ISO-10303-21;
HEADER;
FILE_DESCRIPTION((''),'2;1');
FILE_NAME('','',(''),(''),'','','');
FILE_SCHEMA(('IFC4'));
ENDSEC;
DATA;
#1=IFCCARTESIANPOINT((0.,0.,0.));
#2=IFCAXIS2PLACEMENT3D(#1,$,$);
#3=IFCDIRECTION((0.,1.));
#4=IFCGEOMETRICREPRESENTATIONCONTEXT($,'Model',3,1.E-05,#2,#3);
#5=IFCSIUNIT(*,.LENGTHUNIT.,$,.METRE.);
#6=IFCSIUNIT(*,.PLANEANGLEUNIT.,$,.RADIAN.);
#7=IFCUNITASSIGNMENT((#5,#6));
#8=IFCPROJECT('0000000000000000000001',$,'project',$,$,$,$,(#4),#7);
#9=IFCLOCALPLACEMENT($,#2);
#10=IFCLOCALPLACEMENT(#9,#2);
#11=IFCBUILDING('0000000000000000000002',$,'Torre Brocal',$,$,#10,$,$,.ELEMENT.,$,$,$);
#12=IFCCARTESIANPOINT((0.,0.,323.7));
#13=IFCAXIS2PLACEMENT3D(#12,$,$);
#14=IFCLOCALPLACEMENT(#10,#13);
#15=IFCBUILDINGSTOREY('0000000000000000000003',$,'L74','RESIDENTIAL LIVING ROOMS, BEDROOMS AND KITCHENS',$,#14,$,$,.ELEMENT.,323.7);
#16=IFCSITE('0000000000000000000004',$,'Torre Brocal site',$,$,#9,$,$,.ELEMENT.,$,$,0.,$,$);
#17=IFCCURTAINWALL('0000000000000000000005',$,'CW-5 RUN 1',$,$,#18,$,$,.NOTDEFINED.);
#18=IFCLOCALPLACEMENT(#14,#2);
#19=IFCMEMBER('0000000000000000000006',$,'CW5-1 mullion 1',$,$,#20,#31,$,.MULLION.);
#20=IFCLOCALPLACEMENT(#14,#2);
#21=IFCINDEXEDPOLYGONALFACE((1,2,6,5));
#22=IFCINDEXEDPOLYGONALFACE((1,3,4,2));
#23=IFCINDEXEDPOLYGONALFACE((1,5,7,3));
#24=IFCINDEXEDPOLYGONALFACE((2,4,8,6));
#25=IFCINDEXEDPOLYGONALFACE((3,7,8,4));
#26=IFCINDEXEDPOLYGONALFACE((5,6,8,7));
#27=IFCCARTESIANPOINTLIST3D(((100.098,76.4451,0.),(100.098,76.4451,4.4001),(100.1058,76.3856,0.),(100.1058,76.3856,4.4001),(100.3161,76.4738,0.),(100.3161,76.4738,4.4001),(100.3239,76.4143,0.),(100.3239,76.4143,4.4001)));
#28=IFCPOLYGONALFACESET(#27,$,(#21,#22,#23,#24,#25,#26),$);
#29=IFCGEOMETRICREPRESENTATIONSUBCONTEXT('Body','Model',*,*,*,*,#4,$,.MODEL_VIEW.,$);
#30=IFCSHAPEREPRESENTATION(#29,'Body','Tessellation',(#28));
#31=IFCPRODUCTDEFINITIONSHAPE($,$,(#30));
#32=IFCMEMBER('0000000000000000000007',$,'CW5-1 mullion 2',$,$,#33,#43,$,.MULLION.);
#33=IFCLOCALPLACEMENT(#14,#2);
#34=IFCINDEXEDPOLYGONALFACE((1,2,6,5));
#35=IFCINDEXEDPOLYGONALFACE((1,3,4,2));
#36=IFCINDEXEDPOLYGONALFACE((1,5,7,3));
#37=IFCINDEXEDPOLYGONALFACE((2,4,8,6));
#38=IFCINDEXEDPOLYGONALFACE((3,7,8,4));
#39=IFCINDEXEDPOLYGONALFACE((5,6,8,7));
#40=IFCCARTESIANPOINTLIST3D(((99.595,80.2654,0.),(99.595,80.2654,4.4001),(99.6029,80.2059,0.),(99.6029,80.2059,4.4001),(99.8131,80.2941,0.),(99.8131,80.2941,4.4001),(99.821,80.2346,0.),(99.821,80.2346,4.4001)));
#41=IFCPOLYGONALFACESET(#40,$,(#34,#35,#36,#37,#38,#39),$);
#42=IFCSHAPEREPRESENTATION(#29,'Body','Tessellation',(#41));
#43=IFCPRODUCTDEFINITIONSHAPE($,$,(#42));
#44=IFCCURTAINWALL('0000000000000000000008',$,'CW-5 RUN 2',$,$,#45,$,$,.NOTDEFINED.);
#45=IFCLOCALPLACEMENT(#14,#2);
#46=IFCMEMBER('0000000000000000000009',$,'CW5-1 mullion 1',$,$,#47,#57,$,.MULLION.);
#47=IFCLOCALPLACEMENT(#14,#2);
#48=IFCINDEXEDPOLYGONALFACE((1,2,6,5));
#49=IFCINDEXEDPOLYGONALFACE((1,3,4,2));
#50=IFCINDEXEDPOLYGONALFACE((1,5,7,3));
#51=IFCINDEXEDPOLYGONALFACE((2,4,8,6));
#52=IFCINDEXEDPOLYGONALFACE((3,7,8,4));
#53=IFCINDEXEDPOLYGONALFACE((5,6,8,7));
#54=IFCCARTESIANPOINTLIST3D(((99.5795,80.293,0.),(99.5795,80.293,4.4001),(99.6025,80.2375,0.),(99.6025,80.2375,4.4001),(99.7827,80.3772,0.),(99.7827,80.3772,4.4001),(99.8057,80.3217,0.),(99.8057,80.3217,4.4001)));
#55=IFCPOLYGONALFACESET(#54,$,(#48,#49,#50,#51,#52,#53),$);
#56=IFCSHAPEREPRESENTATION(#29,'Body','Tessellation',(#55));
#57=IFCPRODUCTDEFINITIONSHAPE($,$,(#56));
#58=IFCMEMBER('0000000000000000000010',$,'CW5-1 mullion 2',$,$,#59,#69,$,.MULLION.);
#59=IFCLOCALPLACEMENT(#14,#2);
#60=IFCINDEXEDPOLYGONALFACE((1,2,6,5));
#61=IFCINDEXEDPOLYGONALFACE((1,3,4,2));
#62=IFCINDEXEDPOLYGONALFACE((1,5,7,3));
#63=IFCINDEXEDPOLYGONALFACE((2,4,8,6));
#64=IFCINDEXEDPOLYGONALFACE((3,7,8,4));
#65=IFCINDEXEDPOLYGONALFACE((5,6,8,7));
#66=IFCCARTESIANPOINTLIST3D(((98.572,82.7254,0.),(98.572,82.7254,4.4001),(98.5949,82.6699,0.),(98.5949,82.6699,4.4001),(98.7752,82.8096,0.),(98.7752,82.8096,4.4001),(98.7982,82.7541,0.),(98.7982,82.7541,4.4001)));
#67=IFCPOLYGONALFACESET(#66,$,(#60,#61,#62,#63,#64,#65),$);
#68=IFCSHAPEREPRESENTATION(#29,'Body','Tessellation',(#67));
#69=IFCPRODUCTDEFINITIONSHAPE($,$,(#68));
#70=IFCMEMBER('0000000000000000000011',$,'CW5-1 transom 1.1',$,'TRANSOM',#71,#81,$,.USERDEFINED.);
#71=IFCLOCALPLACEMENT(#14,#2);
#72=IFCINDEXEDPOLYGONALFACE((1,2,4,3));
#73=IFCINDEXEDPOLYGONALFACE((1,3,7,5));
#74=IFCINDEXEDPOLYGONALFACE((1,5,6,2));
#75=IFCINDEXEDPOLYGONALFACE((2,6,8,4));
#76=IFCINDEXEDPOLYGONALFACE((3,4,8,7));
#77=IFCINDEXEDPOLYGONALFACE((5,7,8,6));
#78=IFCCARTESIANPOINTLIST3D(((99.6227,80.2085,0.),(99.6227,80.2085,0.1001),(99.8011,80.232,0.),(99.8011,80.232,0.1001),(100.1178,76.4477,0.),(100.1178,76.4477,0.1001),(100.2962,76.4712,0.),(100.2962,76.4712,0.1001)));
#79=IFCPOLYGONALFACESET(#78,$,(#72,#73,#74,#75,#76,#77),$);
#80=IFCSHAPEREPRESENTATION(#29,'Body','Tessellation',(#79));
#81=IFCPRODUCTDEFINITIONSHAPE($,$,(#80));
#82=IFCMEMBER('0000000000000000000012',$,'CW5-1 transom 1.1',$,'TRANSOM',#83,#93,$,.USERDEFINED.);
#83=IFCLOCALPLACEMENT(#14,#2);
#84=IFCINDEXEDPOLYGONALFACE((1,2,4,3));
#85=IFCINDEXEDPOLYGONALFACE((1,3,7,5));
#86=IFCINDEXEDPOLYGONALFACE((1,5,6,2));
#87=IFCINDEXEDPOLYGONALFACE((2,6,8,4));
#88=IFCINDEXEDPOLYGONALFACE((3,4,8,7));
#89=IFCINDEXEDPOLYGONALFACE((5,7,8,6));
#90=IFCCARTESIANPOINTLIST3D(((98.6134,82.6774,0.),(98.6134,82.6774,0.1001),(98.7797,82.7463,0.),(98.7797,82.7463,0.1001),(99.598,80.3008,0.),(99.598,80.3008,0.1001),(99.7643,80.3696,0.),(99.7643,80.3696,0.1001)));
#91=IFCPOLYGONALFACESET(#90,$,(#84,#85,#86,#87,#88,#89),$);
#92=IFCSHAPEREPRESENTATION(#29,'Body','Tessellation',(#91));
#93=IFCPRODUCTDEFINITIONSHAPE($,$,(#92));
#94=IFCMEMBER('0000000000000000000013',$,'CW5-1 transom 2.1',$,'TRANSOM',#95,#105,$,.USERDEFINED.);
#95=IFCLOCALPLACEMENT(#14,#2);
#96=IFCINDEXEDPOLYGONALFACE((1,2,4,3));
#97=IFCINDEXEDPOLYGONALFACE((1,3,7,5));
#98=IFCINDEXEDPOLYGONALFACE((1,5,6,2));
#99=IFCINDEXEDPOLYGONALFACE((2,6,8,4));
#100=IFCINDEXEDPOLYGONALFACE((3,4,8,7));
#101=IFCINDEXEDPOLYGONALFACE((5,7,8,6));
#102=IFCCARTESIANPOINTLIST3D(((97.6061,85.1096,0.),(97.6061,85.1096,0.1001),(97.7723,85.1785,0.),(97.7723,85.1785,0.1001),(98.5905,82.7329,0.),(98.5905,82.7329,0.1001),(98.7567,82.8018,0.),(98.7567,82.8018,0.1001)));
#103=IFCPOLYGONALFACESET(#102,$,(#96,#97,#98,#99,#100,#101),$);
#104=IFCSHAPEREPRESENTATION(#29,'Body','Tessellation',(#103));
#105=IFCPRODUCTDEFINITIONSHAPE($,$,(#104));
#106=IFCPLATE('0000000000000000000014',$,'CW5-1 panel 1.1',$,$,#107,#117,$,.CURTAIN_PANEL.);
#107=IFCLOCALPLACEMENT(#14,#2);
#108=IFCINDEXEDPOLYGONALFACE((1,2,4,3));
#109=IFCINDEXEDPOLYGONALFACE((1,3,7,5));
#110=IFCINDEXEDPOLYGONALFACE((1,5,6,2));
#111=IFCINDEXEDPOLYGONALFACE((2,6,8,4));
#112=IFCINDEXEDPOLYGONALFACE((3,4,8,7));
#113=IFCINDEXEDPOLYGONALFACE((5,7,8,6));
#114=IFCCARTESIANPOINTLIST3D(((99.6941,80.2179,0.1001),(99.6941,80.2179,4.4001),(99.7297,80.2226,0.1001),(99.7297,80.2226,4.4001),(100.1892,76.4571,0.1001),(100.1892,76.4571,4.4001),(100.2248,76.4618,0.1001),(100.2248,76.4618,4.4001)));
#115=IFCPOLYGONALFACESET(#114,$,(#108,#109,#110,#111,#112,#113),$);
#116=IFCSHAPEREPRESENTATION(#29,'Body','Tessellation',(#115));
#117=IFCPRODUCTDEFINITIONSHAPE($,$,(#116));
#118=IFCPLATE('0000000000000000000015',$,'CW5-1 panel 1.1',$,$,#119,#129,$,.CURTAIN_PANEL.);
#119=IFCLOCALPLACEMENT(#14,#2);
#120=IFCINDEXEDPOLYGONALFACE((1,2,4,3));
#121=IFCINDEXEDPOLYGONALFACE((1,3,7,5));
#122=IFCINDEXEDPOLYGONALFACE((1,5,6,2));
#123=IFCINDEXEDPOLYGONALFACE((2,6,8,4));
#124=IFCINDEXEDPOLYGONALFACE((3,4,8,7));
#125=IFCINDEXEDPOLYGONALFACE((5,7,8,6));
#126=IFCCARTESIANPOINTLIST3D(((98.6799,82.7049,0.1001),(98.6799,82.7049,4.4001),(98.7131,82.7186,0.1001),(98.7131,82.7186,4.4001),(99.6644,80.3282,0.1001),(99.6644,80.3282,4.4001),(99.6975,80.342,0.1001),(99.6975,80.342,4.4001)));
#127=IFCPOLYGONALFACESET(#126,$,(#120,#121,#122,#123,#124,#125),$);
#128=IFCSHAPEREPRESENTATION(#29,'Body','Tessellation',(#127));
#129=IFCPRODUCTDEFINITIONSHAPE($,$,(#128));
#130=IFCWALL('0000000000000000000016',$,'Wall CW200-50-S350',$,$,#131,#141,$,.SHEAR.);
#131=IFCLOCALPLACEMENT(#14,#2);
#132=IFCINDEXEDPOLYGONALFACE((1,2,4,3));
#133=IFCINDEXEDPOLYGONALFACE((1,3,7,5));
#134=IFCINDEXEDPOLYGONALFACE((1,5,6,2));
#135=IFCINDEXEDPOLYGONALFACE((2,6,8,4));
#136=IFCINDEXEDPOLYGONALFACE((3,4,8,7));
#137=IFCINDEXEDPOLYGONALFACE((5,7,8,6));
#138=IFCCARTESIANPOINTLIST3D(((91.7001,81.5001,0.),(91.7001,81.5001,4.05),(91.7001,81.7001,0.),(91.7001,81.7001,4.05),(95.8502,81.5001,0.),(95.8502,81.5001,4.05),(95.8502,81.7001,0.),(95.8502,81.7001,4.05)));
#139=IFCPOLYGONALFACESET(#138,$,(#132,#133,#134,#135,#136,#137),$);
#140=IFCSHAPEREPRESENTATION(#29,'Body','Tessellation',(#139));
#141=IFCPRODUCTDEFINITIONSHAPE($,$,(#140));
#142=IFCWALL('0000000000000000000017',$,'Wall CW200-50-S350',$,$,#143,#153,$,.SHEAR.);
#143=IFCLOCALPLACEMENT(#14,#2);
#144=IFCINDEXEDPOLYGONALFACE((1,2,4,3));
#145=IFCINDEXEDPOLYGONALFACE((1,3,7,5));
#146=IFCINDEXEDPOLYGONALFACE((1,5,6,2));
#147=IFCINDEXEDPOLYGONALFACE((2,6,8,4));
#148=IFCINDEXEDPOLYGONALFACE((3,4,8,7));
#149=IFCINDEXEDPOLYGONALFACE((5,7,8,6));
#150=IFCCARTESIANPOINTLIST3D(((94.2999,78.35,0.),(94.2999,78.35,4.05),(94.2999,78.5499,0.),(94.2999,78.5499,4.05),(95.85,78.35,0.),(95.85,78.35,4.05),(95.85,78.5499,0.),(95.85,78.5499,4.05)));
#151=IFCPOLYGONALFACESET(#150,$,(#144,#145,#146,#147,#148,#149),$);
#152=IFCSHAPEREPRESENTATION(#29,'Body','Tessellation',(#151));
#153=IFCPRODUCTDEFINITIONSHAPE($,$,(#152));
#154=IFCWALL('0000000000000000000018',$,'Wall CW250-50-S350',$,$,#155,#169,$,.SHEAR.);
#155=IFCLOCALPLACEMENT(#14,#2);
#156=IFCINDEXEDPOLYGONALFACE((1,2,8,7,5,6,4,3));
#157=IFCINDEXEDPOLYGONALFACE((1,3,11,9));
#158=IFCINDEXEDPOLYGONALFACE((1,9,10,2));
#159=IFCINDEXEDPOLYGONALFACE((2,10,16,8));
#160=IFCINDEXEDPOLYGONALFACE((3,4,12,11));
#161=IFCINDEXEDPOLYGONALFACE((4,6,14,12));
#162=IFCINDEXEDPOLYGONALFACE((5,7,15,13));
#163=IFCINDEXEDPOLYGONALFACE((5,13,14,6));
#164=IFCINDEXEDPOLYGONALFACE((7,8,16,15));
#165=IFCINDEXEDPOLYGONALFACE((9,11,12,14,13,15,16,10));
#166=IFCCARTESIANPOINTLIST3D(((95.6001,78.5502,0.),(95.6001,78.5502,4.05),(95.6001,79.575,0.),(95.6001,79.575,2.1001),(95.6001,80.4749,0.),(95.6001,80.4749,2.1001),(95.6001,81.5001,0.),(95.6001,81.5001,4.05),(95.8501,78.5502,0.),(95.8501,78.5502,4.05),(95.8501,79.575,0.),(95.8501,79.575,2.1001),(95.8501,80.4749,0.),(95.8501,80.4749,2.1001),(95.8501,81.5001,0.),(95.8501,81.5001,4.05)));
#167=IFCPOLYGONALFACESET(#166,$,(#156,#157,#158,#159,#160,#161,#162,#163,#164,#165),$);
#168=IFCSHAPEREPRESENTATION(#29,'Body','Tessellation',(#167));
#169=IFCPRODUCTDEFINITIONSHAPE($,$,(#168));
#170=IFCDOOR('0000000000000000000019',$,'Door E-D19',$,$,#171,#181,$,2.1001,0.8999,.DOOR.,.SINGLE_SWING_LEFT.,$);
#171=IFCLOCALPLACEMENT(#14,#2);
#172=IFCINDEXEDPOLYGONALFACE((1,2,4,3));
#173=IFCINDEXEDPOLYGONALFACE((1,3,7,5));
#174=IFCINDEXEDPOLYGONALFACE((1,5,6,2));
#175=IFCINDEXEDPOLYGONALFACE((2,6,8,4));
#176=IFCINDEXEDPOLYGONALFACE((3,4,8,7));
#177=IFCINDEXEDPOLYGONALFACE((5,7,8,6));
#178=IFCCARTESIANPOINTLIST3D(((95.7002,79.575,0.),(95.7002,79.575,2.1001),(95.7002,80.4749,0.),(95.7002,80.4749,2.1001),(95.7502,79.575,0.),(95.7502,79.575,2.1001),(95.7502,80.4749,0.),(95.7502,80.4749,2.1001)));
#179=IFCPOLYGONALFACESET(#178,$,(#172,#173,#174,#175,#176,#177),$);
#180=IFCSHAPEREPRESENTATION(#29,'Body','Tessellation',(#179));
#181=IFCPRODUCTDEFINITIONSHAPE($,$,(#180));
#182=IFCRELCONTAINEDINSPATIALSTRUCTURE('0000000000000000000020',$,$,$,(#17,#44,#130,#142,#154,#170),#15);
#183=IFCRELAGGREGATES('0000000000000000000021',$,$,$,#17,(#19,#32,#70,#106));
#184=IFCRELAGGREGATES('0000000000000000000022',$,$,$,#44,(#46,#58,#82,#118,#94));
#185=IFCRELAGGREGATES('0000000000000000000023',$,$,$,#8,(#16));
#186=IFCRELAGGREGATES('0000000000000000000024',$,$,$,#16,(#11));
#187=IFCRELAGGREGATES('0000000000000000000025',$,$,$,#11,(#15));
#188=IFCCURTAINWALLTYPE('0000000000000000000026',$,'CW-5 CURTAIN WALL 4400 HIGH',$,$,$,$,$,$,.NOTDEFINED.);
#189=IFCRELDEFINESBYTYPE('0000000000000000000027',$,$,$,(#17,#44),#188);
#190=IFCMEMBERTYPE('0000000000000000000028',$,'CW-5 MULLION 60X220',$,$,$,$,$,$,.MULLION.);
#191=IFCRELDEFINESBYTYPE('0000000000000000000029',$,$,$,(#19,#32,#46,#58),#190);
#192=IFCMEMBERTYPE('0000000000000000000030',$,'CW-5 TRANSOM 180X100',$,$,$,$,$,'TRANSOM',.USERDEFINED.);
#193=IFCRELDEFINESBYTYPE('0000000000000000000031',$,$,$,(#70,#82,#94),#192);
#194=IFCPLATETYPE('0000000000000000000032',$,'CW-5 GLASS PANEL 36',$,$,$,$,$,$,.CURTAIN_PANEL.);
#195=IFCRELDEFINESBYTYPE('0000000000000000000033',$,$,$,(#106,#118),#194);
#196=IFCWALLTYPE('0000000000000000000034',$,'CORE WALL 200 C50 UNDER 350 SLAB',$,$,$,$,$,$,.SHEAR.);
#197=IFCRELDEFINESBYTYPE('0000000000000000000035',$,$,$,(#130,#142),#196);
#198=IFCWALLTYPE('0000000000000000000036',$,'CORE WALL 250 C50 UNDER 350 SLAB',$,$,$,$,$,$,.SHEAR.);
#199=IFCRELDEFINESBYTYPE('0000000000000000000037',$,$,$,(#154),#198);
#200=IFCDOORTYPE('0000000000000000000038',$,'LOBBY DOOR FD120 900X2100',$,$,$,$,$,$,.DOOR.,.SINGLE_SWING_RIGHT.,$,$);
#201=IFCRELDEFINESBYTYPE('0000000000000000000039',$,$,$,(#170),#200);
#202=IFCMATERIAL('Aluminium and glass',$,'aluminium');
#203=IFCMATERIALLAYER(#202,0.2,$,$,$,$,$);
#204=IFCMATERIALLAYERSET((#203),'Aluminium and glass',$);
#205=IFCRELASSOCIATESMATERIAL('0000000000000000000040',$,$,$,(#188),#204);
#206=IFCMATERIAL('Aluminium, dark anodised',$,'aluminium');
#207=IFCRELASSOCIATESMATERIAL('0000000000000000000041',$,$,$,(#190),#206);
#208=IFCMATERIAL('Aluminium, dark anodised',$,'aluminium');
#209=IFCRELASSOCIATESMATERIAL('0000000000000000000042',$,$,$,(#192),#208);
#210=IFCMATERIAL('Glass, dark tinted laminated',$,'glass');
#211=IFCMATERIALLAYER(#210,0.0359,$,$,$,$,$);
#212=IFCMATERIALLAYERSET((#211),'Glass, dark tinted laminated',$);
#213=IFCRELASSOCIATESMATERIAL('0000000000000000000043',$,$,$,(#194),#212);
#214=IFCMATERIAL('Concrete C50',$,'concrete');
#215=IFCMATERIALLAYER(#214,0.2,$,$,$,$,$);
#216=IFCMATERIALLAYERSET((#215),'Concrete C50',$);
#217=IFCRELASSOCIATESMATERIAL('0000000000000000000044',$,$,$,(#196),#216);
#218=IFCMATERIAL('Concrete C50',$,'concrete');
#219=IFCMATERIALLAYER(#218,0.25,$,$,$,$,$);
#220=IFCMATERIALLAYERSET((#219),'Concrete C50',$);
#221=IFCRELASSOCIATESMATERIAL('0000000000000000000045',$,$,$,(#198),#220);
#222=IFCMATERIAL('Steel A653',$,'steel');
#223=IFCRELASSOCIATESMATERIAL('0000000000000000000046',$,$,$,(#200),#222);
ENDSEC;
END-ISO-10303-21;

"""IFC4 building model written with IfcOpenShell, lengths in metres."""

from ifc_helpers import new_model, si_unit, direction, frame, frame_2d, origin, origin_2d, place, context, subcontext, project, spatial, rectangle, extrude, material, layer, layer_set, material_profile, profile_set, type_object, element, fill, aggregate, save


model = new_model("IFC4")

# Units and contexts
model_context = context("Model", 3, precision=1e-05, world=origin(), true_north=direction((0.0, 1.0)))
body_context = subcontext(model_context, "Body", "Model", "MODEL_VIEW")
ifc_project = project(units=[si_unit("LENGTHUNIT", "METRE"), si_unit("PLANEANGLEUNIT", "RADIAN")], contexts=[model_context])

# Site, building, storey
site_placement = place(None, origin())
site = spatial("IfcSite", under=ifc_project, at=site_placement, Name="Torre Brocal site", CompositionType="ELEMENT", RefElevation=0.0)
building_placement = place(site_placement, origin())
building = spatial("IfcBuilding", under=site, at=building_placement, Name="Torre Brocal", CompositionType="ELEMENT")
storey_placement = place(building_placement, frame((0.0, 0.0, 323.7)))
storey = spatial("IfcBuildingStorey", under=building, at=storey_placement, Name="L74", Description="RESIDENTIAL LIVING ROOMS, BEDROOMS AND KITCHENS", CompositionType="ELEMENT", Elevation=323.7)

# Curtain walls, members
ifc_material_1 = material(Name="Aluminium and glass", Category="aluminium")
ifc_layer_1 = layer(ifc_material_1, 0.2)
ifc_layer_set_1 = layer_set([ifc_layer_1], Name="Aluminium and glass")
curtain_wall_type = type_object("IfcCurtainWallType", Name="CW-5 CURTAIN WALL 4400 HIGH", PredefinedType="NOTDEFINED", material=ifc_layer_set_1)
curtain_wall_1_placement = place(storey_placement, origin())
curtain_wall_1 = element("IfcCurtainWall", 1, at=curtain_wall_1_placement, inside=storey, type_object=curtain_wall_type, Name="CW-5 RUN 1", PredefinedType="NOTDEFINED")
ifc_material_2 = material(Name="Aluminium, dark anodised", Category="aluminium")
ifc_material_profile_1 = material_profile(ifc_material_2, rectangle(XDim=0.22, YDim=0.0601, at=origin_2d()), Name="CW-5 MULLION 60X220")
ifc_profile_set_1 = profile_set([ifc_material_profile_1], Name="Aluminium, dark anodised")
member_type_1 = type_object("IfcMemberType", Name="CW-5 MULLION 60X220", PredefinedType="MULLION", material=ifc_profile_set_1)
member_1_placement = place(storey_placement, frame((100.2109, 76.4297, 0.0), z_axis=(0.0, 0.0, 1.0), x_axis=(-0.991445, -0.130526, 0.0)))
member_1 = element("IfcMember", 2, at=member_1_placement, type_object=member_type_1, Name="CW5-1 mullion 1", PredefinedType="MULLION", context=body_context, shape_type="SweptSolid", body=[
    extrude(rectangle(XDim=0.22, YDim=0.0601, at=origin_2d()), origin(), (0.0, 0.0, 1.0), 4.4001),
])
member_2_placement = place(storey_placement, frame((99.708, 80.25, 0.0), z_axis=(0.0, 0.0, 1.0), x_axis=(-0.991445, -0.130526, 0.0)))
member_2 = element("IfcMember", 3, at=member_2_placement, type_object=member_type_1, Name="CW5-1 mullion 2", PredefinedType="MULLION", context=body_context, shape_type="SweptSolid", body=[
    extrude(rectangle(XDim=0.22, YDim=0.0601, at=origin_2d()), origin(), (0.0, 0.0, 1.0), 4.4001),
])
curtain_wall_2_placement = place(storey_placement, origin())
curtain_wall_2 = element("IfcCurtainWall", 4, at=curtain_wall_2_placement, inside=storey, type_object=curtain_wall_type, Name="CW-5 RUN 2", PredefinedType="NOTDEFINED")
member_3_placement = place(storey_placement, frame((99.6926, 80.3074, 0.0), z_axis=(0.0, 0.0, 1.0), x_axis=(-0.92388, -0.382683, 0.0)))
member_3 = element("IfcMember", 5, at=member_3_placement, type_object=member_type_1, Name="CW5-1 mullion 1", PredefinedType="MULLION", context=body_context, shape_type="SweptSolid", body=[
    extrude(rectangle(XDim=0.22, YDim=0.0601, at=origin_2d()), origin(), (0.0, 0.0, 1.0), 4.4001),
])
member_4_placement = place(storey_placement, frame((98.6851, 82.7397, 0.0), z_axis=(0.0, 0.0, 1.0), x_axis=(-0.92388, -0.382683, 0.0)))
member_4 = element("IfcMember", 6, at=member_4_placement, type_object=member_type_1, Name="CW5-1 mullion 2", PredefinedType="MULLION", context=body_context, shape_type="SweptSolid", body=[
    extrude(rectangle(XDim=0.22, YDim=0.0601, at=origin_2d()), origin(), (0.0, 0.0, 1.0), 4.4001),
])

# Members
ifc_material_3 = material(Name="Aluminium, dark anodised", Category="aluminium")
ifc_material_profile_2 = material_profile(ifc_material_3, rectangle(XDim=0.1799, YDim=0.1001, at=origin_2d()), Name="CW-5 TRANSOM 180X100")
ifc_profile_set_2 = profile_set([ifc_material_profile_2], Name="Aluminium, dark anodised")
member_type_2 = type_object("IfcMemberType", Name="CW-5 TRANSOM 180X100", ElementType="TRANSOM", PredefinedType="USERDEFINED", material=ifc_profile_set_2)
member_5_placement = place(storey_placement, frame((100.207, 76.4595, 0.05), z_axis=(-0.130528, 0.991445, 0.0), x_axis=(-0.991445, -0.130528, 0.0)))
member_5 = element("IfcMember", 7, at=member_5_placement, type_object=member_type_2, Name="CW5-1 transom 1.1", ObjectType="TRANSOM", PredefinedType="USERDEFINED", context=body_context, shape_type="SweptSolid", body=[
    extrude(rectangle(XDim=0.1799, YDim=0.1001, at=origin_2d()), origin(), (0.0, 0.0, 1.0), 3.7932),
])
member_6_placement = place(storey_placement, frame((99.6812, 80.3352, 0.05), z_axis=(-0.382735, 0.923858, 0.0), x_axis=(-0.923858, -0.382735, 0.0)))
member_6 = element("IfcMember", 8, at=member_6_placement, type_object=member_type_2, Name="CW5-1 transom 1.1", ObjectType="TRANSOM", PredefinedType="USERDEFINED", context=body_context, shape_type="SweptSolid", body=[
    extrude(rectangle(XDim=0.1799, YDim=0.1001, at=origin_2d()), origin(), (0.0, 0.0, 1.0), 2.5725),
])
member_7_placement = place(storey_placement, frame((98.6736, 82.7673, 0.05), z_axis=(-0.382654, 0.923892, 0.0), x_axis=(-0.923892, -0.382654, 0.0)))
member_7 = element("IfcMember", 9, at=member_7_placement, type_object=member_type_2, Name="CW5-1 transom 2.1", ObjectType="TRANSOM", PredefinedType="USERDEFINED", context=body_context, shape_type="SweptSolid", body=[
    extrude(rectangle(XDim=0.1799, YDim=0.1001, at=origin_2d()), origin(), (0.0, 0.0, 1.0), 2.5725),
])

# Plates
ifc_material_4 = material(Name="Glass, dark tinted laminated", Category="glass")
ifc_layer_2 = layer(ifc_material_4, 0.0359)
ifc_layer_set_2 = layer_set([ifc_layer_2], Name="Glass, dark tinted laminated")
plate_type = type_object("IfcPlateType", Name="CW-5 GLASS PANEL 36", PredefinedType="CURTAIN_PANEL", material=ifc_layer_set_2)
plate_1_placement = place(storey_placement, frame((99.9595, 78.3398, 0.1001), z_axis=(0.0, 0.0, 1.0), x_axis=(-0.130526, 0.991445, 0.0)))
plate_1 = element("IfcPlate", 10, at=plate_1_placement, type_object=plate_type, Name="CW5-1 panel 1.1", PredefinedType="CURTAIN_PANEL", context=body_context, shape_type="SweptSolid", body=[
    extrude(rectangle(XDim=3.7932, YDim=0.0359, at=origin_2d()), origin(), (0.0, 0.0, 1.0), 4.3),
])
aggregate(curtain_wall_1, [member_1, member_2, member_5, plate_1])
plate_2_placement = place(storey_placement, frame((99.1887, 81.5234, 0.1001), z_axis=(0.0, 0.0, 1.0), x_axis=(-0.382683, 0.92388, 0.0)))
plate_2 = element("IfcPlate", 11, at=plate_2_placement, type_object=plate_type, Name="CW5-1 panel 1.1", PredefinedType="CURTAIN_PANEL", context=body_context, shape_type="SweptSolid", body=[
    extrude(rectangle(XDim=2.5725, YDim=0.0359, at=origin_2d()), origin(), (0.0, 0.0, 1.0), 4.3),
])
aggregate(curtain_wall_2, [member_3, member_4, member_6, plate_2, member_7])

# Walls
ifc_material_5 = material(Name="Concrete C50", Category="concrete")
ifc_layer_3 = layer(ifc_material_5, 0.2)
ifc_layer_set_3 = layer_set([ifc_layer_3], Name="Concrete C50")
wall_type_1 = type_object("IfcWallType", Name="CORE WALL 200 C50 UNDER 350 SLAB", PredefinedType="SHEAR", material=ifc_layer_set_3)
wall_1_placement = place(storey_placement, frame((91.7, 81.6001, 0.0), z_axis=(0.0, 0.0, 1.0), x_axis=(1.0, 0.0, 0.0)))
element("IfcWall", 12, at=wall_1_placement, inside=storey, type_object=wall_type_1, Name="Wall CW200-50-S350", PredefinedType="SHEAR", context=body_context, shape_type="SweptSolid", body=[
    extrude(rectangle(XDim=4.1501, YDim=0.2, at=frame_2d((2.0752, 0.0))), origin(), (0.0, 0.0, 1.0), 4.05),
])
wall_2_placement = place(storey_placement, frame((94.3, 78.45, 0.0), z_axis=(0.0, 0.0, 1.0), x_axis=(1.0, 0.0, 0.0)))
element("IfcWall", 13, at=wall_2_placement, inside=storey, type_object=wall_type_1, Name="Wall CW200-50-S350", PredefinedType="SHEAR", context=body_context, shape_type="SweptSolid", body=[
    extrude(rectangle(XDim=1.55, YDim=0.2, at=frame_2d((0.7749, 0.0))), origin(), (0.0, 0.0, 1.0), 4.05),
])

# Wall, opening, door
ifc_material_6 = material(Name="Concrete C50", Category="concrete")
ifc_layer_4 = layer(ifc_material_6, 0.25)
ifc_layer_set_4 = layer_set([ifc_layer_4], Name="Concrete C50")
wall_type_2 = type_object("IfcWallType", Name="CORE WALL 250 C50 UNDER 350 SLAB", PredefinedType="SHEAR", material=ifc_layer_set_4)
wall_3_placement = place(storey_placement, frame((95.7251, 78.55, 0.0), z_axis=(0.0, 0.0, 1.0), x_axis=(0.0, 1.0, 0.0)))
wall_3 = element("IfcWall", 14, at=wall_3_placement, inside=storey, type_object=wall_type_2, Name="Wall CW250-50-S350", PredefinedType="SHEAR", context=body_context, shape_type="SweptSolid", body=[
    extrude(rectangle(XDim=2.95, YDim=0.25, at=frame_2d((1.4751, 0.0))), origin(), (0.0, 0.0, 1.0), 4.05),
])
opening_1_placement = place(wall_3_placement, frame((1.0249, 0.0, 0.0)))
opening_1 = element("IfcOpeningElement", 15, at=opening_1_placement, cuts=wall_3, PredefinedType="OPENING", context=body_context, shape_type="SweptSolid", body=[
    extrude(rectangle(XDim=0.8999, YDim=2.1001, at=frame_2d((0.45, 1.05))), frame((0.0, 0.135, 0.0), z_axis=(0.0, -1.0, 0.0), x_axis=(1.0, 0.0, 0.0)), (0.0, 0.0, 1.0), 0.27),
])
ifc_material_7 = material(Name="Steel A653", Category="steel")
door_type_1 = type_object("IfcDoorType", Name="LOBBY DOOR FD120 900X2100", OperationType="SINGLE_SWING_RIGHT", PredefinedType="DOOR", material=ifc_material_7)
door_1_placement = place(opening_1_placement, origin())
door_1 = element("IfcDoor", 16, at=door_1_placement, inside=storey, type_object=door_type_1, Name="Door E-D19", OperationType="SINGLE_SWING_LEFT", OverallHeight=2.1001, OverallWidth=0.8999, PredefinedType="DOOR", context=body_context, shape_type="SweptSolid", body=[
    extrude(rectangle(XDim=0.8999, YDim=2.1001, at=frame_2d((0.45, 1.05))), frame((0.0, 0.0249, 0.0), z_axis=(0.0, -1.0, 0.0), x_axis=(1.0, 0.0, 0.0)), (0.0, 0.0, 1.0), 0.05),
])
fill(opening_1, door_1)

save(model, "model.ifc")
